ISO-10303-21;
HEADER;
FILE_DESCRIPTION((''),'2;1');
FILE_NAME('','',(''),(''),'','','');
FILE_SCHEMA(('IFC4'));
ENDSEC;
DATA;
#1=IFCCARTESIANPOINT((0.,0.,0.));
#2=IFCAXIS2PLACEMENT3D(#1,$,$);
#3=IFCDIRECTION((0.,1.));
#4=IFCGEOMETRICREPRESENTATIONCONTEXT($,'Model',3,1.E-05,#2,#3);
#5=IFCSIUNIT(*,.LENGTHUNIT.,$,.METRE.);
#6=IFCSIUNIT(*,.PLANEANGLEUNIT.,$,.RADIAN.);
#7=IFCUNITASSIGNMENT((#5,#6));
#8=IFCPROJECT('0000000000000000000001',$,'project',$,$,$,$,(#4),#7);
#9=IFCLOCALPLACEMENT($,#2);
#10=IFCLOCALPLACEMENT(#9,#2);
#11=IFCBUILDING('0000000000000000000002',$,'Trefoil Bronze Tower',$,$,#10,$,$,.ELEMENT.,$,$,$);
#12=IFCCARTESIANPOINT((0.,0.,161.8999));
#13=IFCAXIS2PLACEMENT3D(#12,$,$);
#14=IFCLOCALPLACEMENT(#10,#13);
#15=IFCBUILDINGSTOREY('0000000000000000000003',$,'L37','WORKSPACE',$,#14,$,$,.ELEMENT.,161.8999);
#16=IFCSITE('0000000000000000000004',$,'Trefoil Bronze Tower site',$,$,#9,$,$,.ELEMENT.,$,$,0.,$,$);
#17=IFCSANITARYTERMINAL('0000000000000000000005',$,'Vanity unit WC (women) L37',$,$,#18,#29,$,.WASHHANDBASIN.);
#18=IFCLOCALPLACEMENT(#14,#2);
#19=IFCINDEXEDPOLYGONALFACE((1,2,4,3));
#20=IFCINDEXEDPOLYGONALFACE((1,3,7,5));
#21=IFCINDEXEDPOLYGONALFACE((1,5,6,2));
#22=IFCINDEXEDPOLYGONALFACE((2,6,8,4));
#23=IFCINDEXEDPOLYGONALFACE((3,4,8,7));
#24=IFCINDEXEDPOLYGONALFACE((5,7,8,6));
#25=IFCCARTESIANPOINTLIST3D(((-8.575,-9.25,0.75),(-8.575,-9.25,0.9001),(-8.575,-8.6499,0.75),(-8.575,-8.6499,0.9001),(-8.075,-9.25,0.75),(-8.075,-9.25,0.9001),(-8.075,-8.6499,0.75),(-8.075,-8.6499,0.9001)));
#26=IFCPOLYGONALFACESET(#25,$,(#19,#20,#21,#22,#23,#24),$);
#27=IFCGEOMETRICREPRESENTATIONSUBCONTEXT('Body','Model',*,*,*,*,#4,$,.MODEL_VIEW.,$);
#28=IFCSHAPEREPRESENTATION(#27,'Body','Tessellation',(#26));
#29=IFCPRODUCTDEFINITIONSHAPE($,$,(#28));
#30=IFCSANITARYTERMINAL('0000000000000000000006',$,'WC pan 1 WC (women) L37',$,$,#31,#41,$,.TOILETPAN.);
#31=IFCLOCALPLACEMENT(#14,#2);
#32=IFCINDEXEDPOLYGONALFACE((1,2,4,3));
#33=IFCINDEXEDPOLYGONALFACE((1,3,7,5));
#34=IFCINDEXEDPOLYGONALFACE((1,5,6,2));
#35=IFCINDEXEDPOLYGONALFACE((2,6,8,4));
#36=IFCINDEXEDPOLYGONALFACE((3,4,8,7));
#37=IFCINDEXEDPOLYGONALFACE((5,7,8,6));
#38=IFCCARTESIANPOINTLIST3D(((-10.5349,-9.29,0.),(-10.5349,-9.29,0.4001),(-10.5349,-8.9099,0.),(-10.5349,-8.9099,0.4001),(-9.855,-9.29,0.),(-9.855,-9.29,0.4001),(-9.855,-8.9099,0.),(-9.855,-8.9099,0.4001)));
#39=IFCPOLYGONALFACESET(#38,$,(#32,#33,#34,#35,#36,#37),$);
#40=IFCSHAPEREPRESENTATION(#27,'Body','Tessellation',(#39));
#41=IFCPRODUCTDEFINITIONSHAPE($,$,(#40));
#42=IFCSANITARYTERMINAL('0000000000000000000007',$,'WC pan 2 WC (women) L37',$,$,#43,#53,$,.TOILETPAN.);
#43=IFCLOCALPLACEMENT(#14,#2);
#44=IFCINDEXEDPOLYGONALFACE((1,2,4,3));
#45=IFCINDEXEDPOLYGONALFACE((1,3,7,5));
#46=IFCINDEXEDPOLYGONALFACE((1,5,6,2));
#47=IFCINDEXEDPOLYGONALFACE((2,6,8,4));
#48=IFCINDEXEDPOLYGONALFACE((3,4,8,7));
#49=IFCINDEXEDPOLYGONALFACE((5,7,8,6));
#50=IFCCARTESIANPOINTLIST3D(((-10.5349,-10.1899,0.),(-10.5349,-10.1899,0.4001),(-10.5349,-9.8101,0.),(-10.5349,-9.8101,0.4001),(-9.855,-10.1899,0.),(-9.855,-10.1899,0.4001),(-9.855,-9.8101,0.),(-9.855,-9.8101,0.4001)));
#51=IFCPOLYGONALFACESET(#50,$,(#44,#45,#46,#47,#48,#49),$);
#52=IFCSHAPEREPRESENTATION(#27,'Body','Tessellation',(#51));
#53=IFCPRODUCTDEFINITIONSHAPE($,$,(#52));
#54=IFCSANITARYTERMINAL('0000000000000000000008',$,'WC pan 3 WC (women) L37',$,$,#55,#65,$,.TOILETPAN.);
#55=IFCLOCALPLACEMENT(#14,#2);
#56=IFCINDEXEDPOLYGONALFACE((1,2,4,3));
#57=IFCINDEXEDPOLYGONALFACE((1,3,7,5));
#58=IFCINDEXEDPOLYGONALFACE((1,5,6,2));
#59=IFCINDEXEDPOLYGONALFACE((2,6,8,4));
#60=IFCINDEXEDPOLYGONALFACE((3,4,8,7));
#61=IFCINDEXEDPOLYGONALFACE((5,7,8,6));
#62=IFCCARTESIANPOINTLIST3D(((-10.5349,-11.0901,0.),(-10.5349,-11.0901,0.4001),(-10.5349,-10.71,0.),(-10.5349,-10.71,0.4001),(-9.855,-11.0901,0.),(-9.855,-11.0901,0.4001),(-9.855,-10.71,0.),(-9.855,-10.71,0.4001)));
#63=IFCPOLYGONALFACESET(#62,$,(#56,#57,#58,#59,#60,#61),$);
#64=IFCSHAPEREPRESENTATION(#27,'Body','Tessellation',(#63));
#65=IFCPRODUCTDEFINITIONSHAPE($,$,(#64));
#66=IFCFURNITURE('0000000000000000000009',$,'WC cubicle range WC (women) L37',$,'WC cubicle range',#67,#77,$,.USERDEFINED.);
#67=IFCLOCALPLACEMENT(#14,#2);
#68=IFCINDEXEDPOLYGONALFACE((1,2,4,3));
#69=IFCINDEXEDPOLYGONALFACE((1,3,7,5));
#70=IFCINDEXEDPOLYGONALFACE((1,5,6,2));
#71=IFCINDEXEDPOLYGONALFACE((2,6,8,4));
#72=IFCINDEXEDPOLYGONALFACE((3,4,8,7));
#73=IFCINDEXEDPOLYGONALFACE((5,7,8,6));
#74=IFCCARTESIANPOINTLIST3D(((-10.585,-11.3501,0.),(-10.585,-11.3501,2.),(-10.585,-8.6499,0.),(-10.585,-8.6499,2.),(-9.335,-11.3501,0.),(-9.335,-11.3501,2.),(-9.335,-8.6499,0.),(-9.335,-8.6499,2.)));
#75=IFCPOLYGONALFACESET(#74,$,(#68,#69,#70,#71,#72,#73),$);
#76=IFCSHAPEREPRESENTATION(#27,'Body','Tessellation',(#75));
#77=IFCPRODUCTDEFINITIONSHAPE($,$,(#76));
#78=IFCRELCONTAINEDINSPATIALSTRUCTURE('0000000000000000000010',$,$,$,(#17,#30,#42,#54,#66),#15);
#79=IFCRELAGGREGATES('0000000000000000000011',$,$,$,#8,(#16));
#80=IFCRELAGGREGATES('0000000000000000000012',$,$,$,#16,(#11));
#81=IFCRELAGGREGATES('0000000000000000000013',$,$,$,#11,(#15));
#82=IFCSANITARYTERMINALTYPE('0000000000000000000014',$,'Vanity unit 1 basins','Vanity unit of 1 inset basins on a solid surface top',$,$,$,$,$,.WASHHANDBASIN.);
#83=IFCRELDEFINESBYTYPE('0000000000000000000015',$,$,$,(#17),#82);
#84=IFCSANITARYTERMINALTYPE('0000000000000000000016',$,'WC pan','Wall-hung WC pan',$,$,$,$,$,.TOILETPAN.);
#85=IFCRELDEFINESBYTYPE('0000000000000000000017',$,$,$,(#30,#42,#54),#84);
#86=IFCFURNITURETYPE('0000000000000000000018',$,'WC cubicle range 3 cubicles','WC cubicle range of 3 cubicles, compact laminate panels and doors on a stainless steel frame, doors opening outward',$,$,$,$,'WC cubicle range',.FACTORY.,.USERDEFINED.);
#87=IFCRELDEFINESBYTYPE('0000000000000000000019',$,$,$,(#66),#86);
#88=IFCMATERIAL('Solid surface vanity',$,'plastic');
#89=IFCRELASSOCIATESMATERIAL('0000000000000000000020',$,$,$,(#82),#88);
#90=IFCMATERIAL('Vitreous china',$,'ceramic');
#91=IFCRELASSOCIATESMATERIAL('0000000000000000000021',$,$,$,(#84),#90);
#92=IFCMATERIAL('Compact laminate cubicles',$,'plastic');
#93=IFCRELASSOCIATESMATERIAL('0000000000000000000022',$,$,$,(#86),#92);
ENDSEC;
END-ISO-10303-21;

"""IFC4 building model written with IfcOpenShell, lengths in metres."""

from ifc_helpers import new_model, si_unit, direction, frame, origin, place, context, subcontext, project, spatial, polyline, outline, extrude, material, type_object, element, save


model = new_model("IFC4")

# Units and contexts
model_context = context("Model", 3, precision=1e-05, world=origin(), true_north=direction((0.0, 1.0)))
body_context = subcontext(model_context, "Body", "Model", "MODEL_VIEW")
ifc_project = project(units=[si_unit("LENGTHUNIT", "METRE"), si_unit("PLANEANGLEUNIT", "RADIAN")], contexts=[model_context])

# Site, building, storey
site_placement = place(None, origin())
site = spatial("IfcSite", under=ifc_project, at=site_placement, Name="Trefoil Bronze Tower site", CompositionType="ELEMENT", RefElevation=0.0)
building_placement = place(site_placement, origin())
building = spatial("IfcBuilding", under=site, at=building_placement, Name="Trefoil Bronze Tower", CompositionType="ELEMENT")
storey_placement = place(building_placement, frame((0.0, 0.0, 161.8999)))
storey = spatial("IfcBuildingStorey", under=building, at=storey_placement, Name="L37", Description="WORKSPACE", CompositionType="ELEMENT", Elevation=161.8999)

# Sanitary terminals
ifc_material_1 = material(Name="Solid surface vanity", Category="plastic")
sanitary_terminal_type_1 = type_object("IfcSanitaryTerminalType", Name="Vanity unit 1 basins", Description="Vanity unit of 1 inset basins on a solid surface top", PredefinedType="WASHHANDBASIN", material=ifc_material_1)
sanitary_terminal_1_placement = place(storey_placement, frame((0.0, 0.0, 0.75)))
element("IfcSanitaryTerminal", 1, at=sanitary_terminal_1_placement, inside=storey, type_object=sanitary_terminal_type_1, Name="Vanity unit WC (women) L37", PredefinedType="WASHHANDBASIN", context=body_context, shape_type="SweptSolid", body=[
    extrude(outline(polyline([(-8.075, -8.6499), (-8.575, -8.6499), (-8.575, -9.25), (-8.075, -9.25), (-8.075, -8.6499)])), origin(), (0.0, 0.0, 1.0), 0.1501),
])
ifc_material_2 = material(Name="Vitreous china", Category="ceramic")
sanitary_terminal_type_2 = type_object("IfcSanitaryTerminalType", Name="WC pan", Description="Wall-hung WC pan", PredefinedType="TOILETPAN", material=ifc_material_2)
sanitary_terminal_2_placement = place(storey_placement, origin())
element("IfcSanitaryTerminal", 2, at=sanitary_terminal_2_placement, inside=storey, type_object=sanitary_terminal_type_2, Name="WC pan 1 WC (women) L37", PredefinedType="TOILETPAN", context=body_context, shape_type="SweptSolid", body=[
    extrude(outline(polyline([(-9.855, -8.9099), (-10.5349, -8.9099), (-10.5349, -9.29), (-9.855, -9.29), (-9.855, -8.9099)])), origin(), (0.0, 0.0, 1.0), 0.4001),
])
sanitary_terminal_3_placement = place(storey_placement, origin())
element("IfcSanitaryTerminal", 3, at=sanitary_terminal_3_placement, inside=storey, type_object=sanitary_terminal_type_2, Name="WC pan 2 WC (women) L37", PredefinedType="TOILETPAN", context=body_context, shape_type="SweptSolid", body=[
    extrude(outline(polyline([(-9.855, -9.8101), (-10.5349, -9.8101), (-10.5349, -10.1899), (-9.855, -10.1899), (-9.855, -9.8101)])), origin(), (0.0, 0.0, 1.0), 0.4001),
])
sanitary_terminal_4_placement = place(storey_placement, origin())
element("IfcSanitaryTerminal", 4, at=sanitary_terminal_4_placement, inside=storey, type_object=sanitary_terminal_type_2, Name="WC pan 3 WC (women) L37", PredefinedType="TOILETPAN", context=body_context, shape_type="SweptSolid", body=[
    extrude(outline(polyline([(-9.855, -10.71), (-10.5349, -10.71), (-10.5349, -11.0901), (-9.855, -11.0901), (-9.855, -10.71)])), origin(), (0.0, 0.0, 1.0), 0.4001),
])

# Furniture
ifc_material_3 = material(Name="Compact laminate cubicles", Category="plastic")
furniture_type = type_object("IfcFurnitureType", Name="WC cubicle range 3 cubicles", Description="WC cubicle range of 3 cubicles, compact laminate panels and doors on a stainless steel frame, doors opening outward", ElementType="WC cubicle range", AssemblyPlace="FACTORY", PredefinedType="USERDEFINED", material=ifc_material_3)
furniture_placement = place(storey_placement, origin())
element("IfcFurniture", 5, at=furniture_placement, inside=storey, type_object=furniture_type, Name="WC cubicle range WC (women) L37", ObjectType="WC cubicle range", PredefinedType="USERDEFINED", context=body_context, shape_type="SweptSolid", body=[
    extrude(outline(polyline([(-9.335, -8.6499), (-10.585, -8.6499), (-10.585, -11.3501), (-9.335, -11.3501), (-9.335, -8.6499)])), origin(), (0.0, 0.0, 1.0), 2.0),
])

save(model, "model.ifc")
